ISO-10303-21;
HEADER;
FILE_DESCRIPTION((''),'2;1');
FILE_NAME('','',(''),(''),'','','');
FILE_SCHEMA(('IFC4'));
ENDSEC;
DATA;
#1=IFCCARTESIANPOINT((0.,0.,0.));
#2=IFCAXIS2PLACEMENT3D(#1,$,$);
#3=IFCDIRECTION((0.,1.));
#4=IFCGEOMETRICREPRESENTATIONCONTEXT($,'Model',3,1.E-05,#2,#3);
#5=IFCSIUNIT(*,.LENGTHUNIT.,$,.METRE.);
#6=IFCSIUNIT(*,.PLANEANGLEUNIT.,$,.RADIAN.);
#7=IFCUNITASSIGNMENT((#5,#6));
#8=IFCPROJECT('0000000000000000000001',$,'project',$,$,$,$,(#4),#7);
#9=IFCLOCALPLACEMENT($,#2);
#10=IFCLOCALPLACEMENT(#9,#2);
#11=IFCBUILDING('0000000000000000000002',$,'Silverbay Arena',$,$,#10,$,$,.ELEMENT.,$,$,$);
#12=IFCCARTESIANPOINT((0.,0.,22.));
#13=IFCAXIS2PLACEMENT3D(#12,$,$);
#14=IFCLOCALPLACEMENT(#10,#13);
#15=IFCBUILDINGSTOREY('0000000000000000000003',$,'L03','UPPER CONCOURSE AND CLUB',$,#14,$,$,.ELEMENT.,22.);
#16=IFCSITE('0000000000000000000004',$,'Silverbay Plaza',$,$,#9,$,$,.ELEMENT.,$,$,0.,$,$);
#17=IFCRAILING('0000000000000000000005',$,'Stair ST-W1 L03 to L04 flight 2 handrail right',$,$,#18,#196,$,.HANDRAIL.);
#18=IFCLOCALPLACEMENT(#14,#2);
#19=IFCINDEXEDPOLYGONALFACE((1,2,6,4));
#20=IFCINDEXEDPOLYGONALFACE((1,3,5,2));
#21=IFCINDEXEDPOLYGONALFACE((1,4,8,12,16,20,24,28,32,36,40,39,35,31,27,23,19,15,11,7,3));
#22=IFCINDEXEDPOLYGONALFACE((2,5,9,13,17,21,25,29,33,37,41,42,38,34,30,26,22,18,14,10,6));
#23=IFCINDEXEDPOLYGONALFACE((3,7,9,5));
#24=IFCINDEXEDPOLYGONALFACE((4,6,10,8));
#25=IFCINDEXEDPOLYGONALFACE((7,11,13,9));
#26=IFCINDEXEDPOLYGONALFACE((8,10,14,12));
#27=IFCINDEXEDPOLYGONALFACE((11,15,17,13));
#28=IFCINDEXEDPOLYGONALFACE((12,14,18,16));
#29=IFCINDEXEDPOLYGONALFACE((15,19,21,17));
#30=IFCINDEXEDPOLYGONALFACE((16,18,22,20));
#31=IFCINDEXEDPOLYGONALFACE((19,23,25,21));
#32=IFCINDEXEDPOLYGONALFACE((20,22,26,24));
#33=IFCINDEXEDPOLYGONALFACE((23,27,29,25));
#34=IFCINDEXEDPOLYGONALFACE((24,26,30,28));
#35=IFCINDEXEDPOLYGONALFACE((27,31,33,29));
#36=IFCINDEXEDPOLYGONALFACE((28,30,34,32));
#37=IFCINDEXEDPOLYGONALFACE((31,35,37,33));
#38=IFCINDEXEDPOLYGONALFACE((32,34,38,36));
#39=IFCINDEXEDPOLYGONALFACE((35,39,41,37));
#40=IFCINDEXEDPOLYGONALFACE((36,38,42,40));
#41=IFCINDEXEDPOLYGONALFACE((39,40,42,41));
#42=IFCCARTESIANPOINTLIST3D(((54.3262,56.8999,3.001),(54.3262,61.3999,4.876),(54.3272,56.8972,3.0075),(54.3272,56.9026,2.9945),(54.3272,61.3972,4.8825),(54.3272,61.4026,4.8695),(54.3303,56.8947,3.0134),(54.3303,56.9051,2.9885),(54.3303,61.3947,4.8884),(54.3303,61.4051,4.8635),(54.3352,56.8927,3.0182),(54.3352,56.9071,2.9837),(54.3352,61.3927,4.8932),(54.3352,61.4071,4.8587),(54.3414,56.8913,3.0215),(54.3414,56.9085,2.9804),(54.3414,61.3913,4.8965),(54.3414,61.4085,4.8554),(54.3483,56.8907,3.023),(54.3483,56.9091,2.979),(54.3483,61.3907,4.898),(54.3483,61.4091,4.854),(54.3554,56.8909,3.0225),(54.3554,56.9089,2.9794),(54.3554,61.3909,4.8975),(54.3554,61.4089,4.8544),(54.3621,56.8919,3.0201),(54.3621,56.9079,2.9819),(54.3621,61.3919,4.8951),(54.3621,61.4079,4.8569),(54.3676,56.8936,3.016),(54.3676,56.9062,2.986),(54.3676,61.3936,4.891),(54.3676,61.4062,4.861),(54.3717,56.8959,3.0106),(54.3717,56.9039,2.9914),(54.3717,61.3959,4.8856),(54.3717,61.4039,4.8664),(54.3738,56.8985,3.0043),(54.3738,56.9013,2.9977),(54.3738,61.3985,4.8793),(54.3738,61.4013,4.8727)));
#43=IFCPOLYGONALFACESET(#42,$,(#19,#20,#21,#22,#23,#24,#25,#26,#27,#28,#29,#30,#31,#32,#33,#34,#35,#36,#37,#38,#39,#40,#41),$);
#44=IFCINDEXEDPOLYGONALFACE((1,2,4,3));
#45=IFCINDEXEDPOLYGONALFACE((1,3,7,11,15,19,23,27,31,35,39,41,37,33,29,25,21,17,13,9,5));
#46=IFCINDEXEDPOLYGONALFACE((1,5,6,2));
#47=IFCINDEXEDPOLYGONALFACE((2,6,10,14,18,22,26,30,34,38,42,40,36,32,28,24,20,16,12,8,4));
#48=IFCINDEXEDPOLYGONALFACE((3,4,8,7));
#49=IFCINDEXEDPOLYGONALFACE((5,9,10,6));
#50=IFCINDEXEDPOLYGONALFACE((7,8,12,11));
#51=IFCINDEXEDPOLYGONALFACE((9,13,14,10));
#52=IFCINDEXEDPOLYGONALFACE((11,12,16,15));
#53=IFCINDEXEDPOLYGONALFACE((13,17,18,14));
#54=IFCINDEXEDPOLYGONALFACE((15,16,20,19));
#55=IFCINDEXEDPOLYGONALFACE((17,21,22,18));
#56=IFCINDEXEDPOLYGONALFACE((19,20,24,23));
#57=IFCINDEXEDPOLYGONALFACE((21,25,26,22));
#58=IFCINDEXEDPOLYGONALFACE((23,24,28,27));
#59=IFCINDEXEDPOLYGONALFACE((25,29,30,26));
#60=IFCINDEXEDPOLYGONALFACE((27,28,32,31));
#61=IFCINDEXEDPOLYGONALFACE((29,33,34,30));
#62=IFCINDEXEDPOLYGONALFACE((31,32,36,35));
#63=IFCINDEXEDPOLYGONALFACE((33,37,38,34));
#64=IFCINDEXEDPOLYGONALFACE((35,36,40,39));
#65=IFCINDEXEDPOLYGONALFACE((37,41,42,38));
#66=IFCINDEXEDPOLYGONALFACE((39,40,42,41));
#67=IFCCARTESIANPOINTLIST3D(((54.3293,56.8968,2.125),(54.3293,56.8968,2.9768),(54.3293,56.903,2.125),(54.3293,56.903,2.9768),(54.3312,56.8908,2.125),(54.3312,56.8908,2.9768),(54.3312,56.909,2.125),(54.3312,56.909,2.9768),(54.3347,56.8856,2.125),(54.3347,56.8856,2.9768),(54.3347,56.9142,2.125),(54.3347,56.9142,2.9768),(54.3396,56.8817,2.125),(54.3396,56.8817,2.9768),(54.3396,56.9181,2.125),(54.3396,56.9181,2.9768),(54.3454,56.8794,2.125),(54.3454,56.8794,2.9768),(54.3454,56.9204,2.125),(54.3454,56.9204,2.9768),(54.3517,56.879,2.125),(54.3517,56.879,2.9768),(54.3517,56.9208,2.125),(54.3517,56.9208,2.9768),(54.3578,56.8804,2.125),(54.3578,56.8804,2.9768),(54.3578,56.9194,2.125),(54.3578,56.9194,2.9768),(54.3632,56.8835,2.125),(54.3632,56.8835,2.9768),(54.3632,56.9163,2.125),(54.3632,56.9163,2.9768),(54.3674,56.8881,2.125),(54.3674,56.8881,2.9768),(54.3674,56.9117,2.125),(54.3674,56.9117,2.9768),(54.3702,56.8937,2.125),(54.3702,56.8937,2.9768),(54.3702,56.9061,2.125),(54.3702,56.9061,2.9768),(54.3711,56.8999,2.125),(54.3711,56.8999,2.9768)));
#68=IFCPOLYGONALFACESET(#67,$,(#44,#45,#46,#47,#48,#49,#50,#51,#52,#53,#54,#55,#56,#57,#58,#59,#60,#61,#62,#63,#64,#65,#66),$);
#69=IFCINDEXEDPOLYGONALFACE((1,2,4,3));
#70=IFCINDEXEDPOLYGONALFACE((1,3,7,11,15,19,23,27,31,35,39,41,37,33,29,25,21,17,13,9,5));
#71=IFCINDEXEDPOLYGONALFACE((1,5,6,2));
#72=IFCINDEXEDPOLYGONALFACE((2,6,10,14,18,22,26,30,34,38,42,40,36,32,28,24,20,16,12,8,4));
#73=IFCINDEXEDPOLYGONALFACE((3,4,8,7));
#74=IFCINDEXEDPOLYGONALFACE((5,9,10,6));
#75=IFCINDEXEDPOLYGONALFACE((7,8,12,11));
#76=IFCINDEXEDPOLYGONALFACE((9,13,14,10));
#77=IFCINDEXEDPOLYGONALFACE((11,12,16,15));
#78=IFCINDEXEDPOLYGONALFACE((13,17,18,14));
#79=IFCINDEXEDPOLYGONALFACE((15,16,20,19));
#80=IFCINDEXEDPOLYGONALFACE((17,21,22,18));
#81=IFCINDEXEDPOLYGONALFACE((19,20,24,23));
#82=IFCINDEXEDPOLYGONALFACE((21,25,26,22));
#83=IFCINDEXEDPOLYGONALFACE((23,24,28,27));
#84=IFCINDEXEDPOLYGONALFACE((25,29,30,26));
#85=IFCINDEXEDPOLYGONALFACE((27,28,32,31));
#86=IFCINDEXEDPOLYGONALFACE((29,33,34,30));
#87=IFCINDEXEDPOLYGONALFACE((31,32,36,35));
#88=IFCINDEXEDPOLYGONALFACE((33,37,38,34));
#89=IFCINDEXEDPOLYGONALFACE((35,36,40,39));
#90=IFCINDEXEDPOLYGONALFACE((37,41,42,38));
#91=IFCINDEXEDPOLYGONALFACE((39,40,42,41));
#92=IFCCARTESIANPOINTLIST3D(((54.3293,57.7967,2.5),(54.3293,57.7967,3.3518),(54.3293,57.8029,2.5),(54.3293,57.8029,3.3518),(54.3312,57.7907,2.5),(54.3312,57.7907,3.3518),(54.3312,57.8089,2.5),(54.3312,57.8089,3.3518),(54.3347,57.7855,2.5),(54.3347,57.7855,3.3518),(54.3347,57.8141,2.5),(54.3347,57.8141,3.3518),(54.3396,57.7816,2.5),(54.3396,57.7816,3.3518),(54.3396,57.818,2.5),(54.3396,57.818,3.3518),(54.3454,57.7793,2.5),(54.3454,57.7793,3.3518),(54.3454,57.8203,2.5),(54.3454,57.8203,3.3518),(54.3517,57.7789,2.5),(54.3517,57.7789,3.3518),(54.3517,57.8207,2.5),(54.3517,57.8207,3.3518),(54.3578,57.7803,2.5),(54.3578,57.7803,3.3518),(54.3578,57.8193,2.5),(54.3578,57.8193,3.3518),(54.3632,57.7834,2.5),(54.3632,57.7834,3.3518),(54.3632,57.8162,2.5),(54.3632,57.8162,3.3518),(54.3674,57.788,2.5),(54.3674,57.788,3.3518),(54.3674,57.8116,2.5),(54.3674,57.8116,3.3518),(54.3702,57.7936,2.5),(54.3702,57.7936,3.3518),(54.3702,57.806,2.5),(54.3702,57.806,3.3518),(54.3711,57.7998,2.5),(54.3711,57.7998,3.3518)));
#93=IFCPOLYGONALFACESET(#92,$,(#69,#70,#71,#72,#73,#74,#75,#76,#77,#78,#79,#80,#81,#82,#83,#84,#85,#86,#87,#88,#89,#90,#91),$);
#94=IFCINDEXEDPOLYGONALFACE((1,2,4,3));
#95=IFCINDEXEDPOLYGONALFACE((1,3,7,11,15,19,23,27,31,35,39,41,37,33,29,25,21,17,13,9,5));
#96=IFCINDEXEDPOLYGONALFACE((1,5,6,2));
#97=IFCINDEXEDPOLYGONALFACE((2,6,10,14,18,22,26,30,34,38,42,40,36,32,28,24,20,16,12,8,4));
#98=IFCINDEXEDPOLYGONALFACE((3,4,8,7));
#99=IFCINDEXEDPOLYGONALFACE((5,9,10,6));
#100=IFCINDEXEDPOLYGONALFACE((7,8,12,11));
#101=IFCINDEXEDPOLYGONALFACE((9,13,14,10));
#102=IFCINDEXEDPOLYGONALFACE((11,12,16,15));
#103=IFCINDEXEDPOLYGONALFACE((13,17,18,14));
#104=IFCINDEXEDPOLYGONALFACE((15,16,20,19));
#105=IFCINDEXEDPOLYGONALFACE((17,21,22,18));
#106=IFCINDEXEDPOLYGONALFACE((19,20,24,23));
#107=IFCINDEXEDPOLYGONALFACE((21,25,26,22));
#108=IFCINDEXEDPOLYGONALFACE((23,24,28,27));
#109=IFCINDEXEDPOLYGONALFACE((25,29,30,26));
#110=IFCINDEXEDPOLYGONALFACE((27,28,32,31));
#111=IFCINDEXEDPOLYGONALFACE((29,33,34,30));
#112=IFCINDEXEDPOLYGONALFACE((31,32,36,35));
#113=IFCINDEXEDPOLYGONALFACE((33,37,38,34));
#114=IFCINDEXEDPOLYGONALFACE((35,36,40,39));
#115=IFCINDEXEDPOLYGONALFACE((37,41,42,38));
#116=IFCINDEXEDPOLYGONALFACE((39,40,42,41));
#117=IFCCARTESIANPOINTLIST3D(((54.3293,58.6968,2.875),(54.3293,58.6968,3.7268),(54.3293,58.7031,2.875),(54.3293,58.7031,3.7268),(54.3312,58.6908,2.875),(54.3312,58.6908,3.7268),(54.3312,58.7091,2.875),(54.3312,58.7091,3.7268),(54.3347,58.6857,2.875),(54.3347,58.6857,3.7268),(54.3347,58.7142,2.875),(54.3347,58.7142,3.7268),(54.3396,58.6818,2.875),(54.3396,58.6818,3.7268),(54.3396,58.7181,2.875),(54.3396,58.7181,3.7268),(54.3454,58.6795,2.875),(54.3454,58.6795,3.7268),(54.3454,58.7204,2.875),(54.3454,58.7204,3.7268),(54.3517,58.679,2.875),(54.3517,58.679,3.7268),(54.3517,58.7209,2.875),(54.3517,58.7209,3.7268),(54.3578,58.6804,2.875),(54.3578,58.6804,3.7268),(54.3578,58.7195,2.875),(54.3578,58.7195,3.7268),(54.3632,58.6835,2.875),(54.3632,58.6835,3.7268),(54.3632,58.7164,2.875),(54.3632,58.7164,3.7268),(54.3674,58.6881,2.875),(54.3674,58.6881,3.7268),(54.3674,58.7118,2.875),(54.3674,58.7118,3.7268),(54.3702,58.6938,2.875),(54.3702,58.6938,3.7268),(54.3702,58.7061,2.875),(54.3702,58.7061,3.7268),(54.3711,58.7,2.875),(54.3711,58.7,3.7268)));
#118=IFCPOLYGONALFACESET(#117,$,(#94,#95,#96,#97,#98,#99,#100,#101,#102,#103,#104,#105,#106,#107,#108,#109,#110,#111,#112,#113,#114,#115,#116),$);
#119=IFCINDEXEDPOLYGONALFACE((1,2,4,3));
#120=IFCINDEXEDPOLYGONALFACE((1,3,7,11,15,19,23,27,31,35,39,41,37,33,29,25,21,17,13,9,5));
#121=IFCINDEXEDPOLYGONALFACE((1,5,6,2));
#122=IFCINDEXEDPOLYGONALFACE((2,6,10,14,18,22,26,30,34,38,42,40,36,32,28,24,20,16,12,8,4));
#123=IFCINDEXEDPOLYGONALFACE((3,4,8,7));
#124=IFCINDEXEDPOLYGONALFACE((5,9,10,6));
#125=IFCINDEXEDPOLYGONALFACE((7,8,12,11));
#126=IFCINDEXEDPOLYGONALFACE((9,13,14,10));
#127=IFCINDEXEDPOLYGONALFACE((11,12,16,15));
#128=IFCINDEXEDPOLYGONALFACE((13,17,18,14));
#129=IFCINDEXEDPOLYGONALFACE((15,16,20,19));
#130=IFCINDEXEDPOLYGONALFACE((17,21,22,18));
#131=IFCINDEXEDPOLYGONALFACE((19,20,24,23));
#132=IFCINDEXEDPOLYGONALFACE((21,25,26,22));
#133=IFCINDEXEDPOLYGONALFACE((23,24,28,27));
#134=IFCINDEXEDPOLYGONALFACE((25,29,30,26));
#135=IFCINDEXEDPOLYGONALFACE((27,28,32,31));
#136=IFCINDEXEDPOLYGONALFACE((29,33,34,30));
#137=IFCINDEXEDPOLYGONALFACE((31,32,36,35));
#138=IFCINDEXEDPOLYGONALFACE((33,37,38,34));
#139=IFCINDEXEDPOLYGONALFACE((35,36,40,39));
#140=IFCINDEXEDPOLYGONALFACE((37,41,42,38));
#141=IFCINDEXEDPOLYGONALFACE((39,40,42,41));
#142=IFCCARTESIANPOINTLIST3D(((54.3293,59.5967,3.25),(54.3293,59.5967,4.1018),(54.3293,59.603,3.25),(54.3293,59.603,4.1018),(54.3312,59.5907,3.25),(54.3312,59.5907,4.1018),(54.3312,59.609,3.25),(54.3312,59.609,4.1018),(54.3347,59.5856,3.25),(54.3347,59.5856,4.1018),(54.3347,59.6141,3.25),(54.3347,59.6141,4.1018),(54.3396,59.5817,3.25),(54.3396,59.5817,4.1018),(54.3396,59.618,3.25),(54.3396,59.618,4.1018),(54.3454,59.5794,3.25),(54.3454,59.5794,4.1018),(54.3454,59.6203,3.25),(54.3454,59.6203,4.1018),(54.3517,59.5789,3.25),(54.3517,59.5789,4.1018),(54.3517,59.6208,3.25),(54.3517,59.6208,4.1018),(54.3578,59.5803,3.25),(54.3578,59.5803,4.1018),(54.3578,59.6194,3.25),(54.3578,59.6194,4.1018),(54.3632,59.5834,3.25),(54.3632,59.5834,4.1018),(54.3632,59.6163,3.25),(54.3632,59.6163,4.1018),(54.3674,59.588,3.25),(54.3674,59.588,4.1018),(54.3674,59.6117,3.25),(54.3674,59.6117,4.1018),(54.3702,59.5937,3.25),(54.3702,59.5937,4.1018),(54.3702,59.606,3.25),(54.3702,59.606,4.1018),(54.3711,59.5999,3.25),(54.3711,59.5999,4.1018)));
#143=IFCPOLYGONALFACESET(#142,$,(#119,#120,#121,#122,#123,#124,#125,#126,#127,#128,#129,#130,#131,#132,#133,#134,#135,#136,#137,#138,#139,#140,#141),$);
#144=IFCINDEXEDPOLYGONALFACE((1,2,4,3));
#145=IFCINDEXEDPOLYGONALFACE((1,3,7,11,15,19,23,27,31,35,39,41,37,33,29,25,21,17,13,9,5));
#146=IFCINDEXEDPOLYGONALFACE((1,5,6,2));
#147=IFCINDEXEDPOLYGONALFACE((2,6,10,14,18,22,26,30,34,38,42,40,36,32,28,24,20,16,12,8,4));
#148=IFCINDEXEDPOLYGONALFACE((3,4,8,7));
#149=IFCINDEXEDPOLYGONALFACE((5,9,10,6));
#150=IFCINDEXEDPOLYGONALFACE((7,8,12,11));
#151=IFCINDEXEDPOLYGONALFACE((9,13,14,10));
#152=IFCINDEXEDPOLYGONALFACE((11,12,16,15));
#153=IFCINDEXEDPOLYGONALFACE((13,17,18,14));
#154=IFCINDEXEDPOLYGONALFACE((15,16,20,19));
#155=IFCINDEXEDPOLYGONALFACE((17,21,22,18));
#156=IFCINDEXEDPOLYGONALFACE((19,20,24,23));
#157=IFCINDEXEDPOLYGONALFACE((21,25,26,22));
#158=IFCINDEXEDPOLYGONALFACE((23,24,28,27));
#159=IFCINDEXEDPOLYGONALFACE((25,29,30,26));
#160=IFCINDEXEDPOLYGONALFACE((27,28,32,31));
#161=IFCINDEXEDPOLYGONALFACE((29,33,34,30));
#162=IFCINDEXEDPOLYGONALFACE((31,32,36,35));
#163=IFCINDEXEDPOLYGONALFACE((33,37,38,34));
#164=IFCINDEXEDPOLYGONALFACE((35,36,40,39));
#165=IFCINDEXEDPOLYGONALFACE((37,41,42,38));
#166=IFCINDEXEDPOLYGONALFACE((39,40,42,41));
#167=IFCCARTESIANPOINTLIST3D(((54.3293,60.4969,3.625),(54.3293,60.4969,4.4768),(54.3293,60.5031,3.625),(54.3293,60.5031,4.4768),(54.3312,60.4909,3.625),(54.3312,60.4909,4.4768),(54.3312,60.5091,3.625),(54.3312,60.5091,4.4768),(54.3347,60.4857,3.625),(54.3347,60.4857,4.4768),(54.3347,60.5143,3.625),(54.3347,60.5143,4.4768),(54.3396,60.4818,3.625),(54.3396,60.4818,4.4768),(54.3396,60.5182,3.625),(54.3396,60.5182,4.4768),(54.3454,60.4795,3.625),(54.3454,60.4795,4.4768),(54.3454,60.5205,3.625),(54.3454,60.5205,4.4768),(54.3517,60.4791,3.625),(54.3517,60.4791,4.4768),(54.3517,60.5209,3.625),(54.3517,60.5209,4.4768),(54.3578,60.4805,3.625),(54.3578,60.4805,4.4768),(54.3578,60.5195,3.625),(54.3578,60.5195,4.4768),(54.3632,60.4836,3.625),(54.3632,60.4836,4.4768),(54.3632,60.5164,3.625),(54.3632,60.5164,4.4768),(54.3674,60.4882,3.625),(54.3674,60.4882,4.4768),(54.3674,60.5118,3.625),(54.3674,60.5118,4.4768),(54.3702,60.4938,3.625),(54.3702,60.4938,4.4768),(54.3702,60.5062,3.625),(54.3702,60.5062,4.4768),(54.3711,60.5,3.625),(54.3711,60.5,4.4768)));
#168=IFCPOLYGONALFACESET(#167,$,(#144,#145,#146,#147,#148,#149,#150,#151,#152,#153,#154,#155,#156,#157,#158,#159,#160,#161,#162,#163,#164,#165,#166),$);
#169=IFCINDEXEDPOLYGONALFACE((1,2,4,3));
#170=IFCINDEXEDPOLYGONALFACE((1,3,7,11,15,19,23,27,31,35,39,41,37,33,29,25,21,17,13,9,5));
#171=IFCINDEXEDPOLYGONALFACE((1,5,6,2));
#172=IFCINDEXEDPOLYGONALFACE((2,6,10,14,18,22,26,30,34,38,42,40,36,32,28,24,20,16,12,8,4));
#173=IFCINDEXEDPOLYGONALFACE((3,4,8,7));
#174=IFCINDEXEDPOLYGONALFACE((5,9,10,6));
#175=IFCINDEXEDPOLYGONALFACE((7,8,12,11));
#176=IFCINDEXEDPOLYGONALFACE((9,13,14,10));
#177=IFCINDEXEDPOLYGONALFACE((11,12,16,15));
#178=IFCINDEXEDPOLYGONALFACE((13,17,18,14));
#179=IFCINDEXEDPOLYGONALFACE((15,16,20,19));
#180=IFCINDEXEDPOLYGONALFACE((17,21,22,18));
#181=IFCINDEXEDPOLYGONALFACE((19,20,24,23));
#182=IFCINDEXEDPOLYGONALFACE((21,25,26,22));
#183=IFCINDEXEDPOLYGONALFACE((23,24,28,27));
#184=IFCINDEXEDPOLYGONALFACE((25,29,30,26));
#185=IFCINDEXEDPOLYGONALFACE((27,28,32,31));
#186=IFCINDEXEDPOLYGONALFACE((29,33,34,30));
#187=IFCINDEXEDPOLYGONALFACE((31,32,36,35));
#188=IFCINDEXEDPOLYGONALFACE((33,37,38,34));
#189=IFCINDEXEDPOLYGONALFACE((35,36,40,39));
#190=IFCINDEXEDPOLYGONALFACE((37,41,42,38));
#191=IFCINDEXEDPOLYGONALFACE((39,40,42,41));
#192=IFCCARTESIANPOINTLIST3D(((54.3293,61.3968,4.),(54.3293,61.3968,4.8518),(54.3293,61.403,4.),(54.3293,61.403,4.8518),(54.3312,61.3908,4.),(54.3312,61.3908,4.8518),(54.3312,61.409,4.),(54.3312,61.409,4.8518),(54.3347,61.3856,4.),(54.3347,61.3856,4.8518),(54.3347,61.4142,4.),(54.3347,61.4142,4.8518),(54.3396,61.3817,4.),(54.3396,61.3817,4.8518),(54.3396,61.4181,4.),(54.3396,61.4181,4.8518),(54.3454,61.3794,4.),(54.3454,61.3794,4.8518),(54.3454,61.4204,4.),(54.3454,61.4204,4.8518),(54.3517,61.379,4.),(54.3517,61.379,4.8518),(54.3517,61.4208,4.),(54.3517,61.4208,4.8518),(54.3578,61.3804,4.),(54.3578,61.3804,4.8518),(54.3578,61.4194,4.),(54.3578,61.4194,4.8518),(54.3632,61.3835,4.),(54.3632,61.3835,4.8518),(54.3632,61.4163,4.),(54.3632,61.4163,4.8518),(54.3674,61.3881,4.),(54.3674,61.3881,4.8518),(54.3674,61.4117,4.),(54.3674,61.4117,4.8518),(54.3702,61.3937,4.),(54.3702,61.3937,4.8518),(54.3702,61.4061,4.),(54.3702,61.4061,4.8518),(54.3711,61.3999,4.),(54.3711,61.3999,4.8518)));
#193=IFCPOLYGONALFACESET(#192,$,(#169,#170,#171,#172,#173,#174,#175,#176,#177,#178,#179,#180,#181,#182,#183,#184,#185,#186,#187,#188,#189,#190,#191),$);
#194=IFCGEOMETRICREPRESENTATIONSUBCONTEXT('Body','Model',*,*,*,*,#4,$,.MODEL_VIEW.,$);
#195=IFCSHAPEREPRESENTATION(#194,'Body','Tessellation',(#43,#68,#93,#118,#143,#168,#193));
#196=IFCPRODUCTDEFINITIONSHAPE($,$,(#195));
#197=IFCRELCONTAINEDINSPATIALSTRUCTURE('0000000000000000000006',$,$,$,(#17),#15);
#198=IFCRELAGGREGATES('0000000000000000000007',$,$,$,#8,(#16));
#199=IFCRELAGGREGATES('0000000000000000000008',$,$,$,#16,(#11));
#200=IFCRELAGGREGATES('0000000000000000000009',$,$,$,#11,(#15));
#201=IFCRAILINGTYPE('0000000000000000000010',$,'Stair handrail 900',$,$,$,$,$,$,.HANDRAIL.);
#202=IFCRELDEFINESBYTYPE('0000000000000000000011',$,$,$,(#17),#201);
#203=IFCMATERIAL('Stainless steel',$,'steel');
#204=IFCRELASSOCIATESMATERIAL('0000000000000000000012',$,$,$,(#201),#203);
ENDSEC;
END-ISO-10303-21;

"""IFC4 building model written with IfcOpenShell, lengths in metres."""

from ifc_helpers import new_model, si_unit, direction, frame, origin, origin_2d, place, context, subcontext, project, spatial, circle, extrude, material, type_object, element, save


model = new_model("IFC4")

# Units and contexts
model_context = context("Model", 3, precision=1e-05, world=origin(), true_north=direction((0.0, 1.0)))
body_context = subcontext(model_context, "Body", "Model", "MODEL_VIEW")
ifc_project = project(units=[si_unit("LENGTHUNIT", "METRE"), si_unit("PLANEANGLEUNIT", "RADIAN")], contexts=[model_context])

# Site, building, storey
site_placement = place(None, origin())
site = spatial("IfcSite", under=ifc_project, at=site_placement, Name="Silverbay Plaza", CompositionType="ELEMENT", RefElevation=0.0)
building_placement = place(site_placement, origin())
building = spatial("IfcBuilding", under=site, at=building_placement, Name="Silverbay Arena", CompositionType="ELEMENT")
storey_placement = place(building_placement, frame((0.0, 0.0, 22.0)))
storey = spatial("IfcBuildingStorey", under=building, at=storey_placement, Name="L03", Description="UPPER CONCOURSE AND CLUB", CompositionType="ELEMENT", Elevation=22.0)

# Railing
ifc_material_1 = material(Name="Stainless steel", Category="steel")
railing_type = type_object("IfcRailingType", Name="Stair handrail 900", PredefinedType="HANDRAIL", material=ifc_material_1)
for number, where, name in (
    (1, (54.3501, 56.8999, 2.125), "Stair ST-W1 L03 to L04 flight 2 handrail right"),
):
    element("IfcRailing", number, at=place(storey_placement, frame(where)), inside=storey, type_object=railing_type, Name=name, PredefinedType="HANDRAIL", context=body_context, shape_type="SweptSolid", body=[
        extrude(circle(Radius=0.0239, at=origin_2d()), frame((0.0, 0.0, 0.876), z_axis=(0.0, 0.923077, 0.384615), x_axis=(-1.0, 0.0, 0.0)), (0.0, 0.0, 1.0), 4.875),
        extrude(circle(Radius=0.021, at=origin_2d()), origin(), (0.0, 0.0, 1.0), 0.8518),
        extrude(circle(Radius=0.021, at=origin_2d()), frame((0.0, 0.8999, 0.375)), (0.0, 0.0, 1.0), 0.8518),
        extrude(circle(Radius=0.021, at=origin_2d()), frame((0.0, 1.8, 0.75)), (0.0, 0.0, 1.0), 0.8518),
        extrude(circle(Radius=0.021, at=origin_2d()), frame((0.0, 2.7, 1.125)), (0.0, 0.0, 1.0), 0.8518),
        extrude(circle(Radius=0.021, at=origin_2d()), frame((0.0, 3.6001, 1.5)), (0.0, 0.0, 1.0), 0.8518),
        extrude(circle(Radius=0.021, at=origin_2d()), frame((0.0, 4.5, 1.875)), (0.0, 0.0, 1.0), 0.8518),
    ])

save(model, "model.ifc")
